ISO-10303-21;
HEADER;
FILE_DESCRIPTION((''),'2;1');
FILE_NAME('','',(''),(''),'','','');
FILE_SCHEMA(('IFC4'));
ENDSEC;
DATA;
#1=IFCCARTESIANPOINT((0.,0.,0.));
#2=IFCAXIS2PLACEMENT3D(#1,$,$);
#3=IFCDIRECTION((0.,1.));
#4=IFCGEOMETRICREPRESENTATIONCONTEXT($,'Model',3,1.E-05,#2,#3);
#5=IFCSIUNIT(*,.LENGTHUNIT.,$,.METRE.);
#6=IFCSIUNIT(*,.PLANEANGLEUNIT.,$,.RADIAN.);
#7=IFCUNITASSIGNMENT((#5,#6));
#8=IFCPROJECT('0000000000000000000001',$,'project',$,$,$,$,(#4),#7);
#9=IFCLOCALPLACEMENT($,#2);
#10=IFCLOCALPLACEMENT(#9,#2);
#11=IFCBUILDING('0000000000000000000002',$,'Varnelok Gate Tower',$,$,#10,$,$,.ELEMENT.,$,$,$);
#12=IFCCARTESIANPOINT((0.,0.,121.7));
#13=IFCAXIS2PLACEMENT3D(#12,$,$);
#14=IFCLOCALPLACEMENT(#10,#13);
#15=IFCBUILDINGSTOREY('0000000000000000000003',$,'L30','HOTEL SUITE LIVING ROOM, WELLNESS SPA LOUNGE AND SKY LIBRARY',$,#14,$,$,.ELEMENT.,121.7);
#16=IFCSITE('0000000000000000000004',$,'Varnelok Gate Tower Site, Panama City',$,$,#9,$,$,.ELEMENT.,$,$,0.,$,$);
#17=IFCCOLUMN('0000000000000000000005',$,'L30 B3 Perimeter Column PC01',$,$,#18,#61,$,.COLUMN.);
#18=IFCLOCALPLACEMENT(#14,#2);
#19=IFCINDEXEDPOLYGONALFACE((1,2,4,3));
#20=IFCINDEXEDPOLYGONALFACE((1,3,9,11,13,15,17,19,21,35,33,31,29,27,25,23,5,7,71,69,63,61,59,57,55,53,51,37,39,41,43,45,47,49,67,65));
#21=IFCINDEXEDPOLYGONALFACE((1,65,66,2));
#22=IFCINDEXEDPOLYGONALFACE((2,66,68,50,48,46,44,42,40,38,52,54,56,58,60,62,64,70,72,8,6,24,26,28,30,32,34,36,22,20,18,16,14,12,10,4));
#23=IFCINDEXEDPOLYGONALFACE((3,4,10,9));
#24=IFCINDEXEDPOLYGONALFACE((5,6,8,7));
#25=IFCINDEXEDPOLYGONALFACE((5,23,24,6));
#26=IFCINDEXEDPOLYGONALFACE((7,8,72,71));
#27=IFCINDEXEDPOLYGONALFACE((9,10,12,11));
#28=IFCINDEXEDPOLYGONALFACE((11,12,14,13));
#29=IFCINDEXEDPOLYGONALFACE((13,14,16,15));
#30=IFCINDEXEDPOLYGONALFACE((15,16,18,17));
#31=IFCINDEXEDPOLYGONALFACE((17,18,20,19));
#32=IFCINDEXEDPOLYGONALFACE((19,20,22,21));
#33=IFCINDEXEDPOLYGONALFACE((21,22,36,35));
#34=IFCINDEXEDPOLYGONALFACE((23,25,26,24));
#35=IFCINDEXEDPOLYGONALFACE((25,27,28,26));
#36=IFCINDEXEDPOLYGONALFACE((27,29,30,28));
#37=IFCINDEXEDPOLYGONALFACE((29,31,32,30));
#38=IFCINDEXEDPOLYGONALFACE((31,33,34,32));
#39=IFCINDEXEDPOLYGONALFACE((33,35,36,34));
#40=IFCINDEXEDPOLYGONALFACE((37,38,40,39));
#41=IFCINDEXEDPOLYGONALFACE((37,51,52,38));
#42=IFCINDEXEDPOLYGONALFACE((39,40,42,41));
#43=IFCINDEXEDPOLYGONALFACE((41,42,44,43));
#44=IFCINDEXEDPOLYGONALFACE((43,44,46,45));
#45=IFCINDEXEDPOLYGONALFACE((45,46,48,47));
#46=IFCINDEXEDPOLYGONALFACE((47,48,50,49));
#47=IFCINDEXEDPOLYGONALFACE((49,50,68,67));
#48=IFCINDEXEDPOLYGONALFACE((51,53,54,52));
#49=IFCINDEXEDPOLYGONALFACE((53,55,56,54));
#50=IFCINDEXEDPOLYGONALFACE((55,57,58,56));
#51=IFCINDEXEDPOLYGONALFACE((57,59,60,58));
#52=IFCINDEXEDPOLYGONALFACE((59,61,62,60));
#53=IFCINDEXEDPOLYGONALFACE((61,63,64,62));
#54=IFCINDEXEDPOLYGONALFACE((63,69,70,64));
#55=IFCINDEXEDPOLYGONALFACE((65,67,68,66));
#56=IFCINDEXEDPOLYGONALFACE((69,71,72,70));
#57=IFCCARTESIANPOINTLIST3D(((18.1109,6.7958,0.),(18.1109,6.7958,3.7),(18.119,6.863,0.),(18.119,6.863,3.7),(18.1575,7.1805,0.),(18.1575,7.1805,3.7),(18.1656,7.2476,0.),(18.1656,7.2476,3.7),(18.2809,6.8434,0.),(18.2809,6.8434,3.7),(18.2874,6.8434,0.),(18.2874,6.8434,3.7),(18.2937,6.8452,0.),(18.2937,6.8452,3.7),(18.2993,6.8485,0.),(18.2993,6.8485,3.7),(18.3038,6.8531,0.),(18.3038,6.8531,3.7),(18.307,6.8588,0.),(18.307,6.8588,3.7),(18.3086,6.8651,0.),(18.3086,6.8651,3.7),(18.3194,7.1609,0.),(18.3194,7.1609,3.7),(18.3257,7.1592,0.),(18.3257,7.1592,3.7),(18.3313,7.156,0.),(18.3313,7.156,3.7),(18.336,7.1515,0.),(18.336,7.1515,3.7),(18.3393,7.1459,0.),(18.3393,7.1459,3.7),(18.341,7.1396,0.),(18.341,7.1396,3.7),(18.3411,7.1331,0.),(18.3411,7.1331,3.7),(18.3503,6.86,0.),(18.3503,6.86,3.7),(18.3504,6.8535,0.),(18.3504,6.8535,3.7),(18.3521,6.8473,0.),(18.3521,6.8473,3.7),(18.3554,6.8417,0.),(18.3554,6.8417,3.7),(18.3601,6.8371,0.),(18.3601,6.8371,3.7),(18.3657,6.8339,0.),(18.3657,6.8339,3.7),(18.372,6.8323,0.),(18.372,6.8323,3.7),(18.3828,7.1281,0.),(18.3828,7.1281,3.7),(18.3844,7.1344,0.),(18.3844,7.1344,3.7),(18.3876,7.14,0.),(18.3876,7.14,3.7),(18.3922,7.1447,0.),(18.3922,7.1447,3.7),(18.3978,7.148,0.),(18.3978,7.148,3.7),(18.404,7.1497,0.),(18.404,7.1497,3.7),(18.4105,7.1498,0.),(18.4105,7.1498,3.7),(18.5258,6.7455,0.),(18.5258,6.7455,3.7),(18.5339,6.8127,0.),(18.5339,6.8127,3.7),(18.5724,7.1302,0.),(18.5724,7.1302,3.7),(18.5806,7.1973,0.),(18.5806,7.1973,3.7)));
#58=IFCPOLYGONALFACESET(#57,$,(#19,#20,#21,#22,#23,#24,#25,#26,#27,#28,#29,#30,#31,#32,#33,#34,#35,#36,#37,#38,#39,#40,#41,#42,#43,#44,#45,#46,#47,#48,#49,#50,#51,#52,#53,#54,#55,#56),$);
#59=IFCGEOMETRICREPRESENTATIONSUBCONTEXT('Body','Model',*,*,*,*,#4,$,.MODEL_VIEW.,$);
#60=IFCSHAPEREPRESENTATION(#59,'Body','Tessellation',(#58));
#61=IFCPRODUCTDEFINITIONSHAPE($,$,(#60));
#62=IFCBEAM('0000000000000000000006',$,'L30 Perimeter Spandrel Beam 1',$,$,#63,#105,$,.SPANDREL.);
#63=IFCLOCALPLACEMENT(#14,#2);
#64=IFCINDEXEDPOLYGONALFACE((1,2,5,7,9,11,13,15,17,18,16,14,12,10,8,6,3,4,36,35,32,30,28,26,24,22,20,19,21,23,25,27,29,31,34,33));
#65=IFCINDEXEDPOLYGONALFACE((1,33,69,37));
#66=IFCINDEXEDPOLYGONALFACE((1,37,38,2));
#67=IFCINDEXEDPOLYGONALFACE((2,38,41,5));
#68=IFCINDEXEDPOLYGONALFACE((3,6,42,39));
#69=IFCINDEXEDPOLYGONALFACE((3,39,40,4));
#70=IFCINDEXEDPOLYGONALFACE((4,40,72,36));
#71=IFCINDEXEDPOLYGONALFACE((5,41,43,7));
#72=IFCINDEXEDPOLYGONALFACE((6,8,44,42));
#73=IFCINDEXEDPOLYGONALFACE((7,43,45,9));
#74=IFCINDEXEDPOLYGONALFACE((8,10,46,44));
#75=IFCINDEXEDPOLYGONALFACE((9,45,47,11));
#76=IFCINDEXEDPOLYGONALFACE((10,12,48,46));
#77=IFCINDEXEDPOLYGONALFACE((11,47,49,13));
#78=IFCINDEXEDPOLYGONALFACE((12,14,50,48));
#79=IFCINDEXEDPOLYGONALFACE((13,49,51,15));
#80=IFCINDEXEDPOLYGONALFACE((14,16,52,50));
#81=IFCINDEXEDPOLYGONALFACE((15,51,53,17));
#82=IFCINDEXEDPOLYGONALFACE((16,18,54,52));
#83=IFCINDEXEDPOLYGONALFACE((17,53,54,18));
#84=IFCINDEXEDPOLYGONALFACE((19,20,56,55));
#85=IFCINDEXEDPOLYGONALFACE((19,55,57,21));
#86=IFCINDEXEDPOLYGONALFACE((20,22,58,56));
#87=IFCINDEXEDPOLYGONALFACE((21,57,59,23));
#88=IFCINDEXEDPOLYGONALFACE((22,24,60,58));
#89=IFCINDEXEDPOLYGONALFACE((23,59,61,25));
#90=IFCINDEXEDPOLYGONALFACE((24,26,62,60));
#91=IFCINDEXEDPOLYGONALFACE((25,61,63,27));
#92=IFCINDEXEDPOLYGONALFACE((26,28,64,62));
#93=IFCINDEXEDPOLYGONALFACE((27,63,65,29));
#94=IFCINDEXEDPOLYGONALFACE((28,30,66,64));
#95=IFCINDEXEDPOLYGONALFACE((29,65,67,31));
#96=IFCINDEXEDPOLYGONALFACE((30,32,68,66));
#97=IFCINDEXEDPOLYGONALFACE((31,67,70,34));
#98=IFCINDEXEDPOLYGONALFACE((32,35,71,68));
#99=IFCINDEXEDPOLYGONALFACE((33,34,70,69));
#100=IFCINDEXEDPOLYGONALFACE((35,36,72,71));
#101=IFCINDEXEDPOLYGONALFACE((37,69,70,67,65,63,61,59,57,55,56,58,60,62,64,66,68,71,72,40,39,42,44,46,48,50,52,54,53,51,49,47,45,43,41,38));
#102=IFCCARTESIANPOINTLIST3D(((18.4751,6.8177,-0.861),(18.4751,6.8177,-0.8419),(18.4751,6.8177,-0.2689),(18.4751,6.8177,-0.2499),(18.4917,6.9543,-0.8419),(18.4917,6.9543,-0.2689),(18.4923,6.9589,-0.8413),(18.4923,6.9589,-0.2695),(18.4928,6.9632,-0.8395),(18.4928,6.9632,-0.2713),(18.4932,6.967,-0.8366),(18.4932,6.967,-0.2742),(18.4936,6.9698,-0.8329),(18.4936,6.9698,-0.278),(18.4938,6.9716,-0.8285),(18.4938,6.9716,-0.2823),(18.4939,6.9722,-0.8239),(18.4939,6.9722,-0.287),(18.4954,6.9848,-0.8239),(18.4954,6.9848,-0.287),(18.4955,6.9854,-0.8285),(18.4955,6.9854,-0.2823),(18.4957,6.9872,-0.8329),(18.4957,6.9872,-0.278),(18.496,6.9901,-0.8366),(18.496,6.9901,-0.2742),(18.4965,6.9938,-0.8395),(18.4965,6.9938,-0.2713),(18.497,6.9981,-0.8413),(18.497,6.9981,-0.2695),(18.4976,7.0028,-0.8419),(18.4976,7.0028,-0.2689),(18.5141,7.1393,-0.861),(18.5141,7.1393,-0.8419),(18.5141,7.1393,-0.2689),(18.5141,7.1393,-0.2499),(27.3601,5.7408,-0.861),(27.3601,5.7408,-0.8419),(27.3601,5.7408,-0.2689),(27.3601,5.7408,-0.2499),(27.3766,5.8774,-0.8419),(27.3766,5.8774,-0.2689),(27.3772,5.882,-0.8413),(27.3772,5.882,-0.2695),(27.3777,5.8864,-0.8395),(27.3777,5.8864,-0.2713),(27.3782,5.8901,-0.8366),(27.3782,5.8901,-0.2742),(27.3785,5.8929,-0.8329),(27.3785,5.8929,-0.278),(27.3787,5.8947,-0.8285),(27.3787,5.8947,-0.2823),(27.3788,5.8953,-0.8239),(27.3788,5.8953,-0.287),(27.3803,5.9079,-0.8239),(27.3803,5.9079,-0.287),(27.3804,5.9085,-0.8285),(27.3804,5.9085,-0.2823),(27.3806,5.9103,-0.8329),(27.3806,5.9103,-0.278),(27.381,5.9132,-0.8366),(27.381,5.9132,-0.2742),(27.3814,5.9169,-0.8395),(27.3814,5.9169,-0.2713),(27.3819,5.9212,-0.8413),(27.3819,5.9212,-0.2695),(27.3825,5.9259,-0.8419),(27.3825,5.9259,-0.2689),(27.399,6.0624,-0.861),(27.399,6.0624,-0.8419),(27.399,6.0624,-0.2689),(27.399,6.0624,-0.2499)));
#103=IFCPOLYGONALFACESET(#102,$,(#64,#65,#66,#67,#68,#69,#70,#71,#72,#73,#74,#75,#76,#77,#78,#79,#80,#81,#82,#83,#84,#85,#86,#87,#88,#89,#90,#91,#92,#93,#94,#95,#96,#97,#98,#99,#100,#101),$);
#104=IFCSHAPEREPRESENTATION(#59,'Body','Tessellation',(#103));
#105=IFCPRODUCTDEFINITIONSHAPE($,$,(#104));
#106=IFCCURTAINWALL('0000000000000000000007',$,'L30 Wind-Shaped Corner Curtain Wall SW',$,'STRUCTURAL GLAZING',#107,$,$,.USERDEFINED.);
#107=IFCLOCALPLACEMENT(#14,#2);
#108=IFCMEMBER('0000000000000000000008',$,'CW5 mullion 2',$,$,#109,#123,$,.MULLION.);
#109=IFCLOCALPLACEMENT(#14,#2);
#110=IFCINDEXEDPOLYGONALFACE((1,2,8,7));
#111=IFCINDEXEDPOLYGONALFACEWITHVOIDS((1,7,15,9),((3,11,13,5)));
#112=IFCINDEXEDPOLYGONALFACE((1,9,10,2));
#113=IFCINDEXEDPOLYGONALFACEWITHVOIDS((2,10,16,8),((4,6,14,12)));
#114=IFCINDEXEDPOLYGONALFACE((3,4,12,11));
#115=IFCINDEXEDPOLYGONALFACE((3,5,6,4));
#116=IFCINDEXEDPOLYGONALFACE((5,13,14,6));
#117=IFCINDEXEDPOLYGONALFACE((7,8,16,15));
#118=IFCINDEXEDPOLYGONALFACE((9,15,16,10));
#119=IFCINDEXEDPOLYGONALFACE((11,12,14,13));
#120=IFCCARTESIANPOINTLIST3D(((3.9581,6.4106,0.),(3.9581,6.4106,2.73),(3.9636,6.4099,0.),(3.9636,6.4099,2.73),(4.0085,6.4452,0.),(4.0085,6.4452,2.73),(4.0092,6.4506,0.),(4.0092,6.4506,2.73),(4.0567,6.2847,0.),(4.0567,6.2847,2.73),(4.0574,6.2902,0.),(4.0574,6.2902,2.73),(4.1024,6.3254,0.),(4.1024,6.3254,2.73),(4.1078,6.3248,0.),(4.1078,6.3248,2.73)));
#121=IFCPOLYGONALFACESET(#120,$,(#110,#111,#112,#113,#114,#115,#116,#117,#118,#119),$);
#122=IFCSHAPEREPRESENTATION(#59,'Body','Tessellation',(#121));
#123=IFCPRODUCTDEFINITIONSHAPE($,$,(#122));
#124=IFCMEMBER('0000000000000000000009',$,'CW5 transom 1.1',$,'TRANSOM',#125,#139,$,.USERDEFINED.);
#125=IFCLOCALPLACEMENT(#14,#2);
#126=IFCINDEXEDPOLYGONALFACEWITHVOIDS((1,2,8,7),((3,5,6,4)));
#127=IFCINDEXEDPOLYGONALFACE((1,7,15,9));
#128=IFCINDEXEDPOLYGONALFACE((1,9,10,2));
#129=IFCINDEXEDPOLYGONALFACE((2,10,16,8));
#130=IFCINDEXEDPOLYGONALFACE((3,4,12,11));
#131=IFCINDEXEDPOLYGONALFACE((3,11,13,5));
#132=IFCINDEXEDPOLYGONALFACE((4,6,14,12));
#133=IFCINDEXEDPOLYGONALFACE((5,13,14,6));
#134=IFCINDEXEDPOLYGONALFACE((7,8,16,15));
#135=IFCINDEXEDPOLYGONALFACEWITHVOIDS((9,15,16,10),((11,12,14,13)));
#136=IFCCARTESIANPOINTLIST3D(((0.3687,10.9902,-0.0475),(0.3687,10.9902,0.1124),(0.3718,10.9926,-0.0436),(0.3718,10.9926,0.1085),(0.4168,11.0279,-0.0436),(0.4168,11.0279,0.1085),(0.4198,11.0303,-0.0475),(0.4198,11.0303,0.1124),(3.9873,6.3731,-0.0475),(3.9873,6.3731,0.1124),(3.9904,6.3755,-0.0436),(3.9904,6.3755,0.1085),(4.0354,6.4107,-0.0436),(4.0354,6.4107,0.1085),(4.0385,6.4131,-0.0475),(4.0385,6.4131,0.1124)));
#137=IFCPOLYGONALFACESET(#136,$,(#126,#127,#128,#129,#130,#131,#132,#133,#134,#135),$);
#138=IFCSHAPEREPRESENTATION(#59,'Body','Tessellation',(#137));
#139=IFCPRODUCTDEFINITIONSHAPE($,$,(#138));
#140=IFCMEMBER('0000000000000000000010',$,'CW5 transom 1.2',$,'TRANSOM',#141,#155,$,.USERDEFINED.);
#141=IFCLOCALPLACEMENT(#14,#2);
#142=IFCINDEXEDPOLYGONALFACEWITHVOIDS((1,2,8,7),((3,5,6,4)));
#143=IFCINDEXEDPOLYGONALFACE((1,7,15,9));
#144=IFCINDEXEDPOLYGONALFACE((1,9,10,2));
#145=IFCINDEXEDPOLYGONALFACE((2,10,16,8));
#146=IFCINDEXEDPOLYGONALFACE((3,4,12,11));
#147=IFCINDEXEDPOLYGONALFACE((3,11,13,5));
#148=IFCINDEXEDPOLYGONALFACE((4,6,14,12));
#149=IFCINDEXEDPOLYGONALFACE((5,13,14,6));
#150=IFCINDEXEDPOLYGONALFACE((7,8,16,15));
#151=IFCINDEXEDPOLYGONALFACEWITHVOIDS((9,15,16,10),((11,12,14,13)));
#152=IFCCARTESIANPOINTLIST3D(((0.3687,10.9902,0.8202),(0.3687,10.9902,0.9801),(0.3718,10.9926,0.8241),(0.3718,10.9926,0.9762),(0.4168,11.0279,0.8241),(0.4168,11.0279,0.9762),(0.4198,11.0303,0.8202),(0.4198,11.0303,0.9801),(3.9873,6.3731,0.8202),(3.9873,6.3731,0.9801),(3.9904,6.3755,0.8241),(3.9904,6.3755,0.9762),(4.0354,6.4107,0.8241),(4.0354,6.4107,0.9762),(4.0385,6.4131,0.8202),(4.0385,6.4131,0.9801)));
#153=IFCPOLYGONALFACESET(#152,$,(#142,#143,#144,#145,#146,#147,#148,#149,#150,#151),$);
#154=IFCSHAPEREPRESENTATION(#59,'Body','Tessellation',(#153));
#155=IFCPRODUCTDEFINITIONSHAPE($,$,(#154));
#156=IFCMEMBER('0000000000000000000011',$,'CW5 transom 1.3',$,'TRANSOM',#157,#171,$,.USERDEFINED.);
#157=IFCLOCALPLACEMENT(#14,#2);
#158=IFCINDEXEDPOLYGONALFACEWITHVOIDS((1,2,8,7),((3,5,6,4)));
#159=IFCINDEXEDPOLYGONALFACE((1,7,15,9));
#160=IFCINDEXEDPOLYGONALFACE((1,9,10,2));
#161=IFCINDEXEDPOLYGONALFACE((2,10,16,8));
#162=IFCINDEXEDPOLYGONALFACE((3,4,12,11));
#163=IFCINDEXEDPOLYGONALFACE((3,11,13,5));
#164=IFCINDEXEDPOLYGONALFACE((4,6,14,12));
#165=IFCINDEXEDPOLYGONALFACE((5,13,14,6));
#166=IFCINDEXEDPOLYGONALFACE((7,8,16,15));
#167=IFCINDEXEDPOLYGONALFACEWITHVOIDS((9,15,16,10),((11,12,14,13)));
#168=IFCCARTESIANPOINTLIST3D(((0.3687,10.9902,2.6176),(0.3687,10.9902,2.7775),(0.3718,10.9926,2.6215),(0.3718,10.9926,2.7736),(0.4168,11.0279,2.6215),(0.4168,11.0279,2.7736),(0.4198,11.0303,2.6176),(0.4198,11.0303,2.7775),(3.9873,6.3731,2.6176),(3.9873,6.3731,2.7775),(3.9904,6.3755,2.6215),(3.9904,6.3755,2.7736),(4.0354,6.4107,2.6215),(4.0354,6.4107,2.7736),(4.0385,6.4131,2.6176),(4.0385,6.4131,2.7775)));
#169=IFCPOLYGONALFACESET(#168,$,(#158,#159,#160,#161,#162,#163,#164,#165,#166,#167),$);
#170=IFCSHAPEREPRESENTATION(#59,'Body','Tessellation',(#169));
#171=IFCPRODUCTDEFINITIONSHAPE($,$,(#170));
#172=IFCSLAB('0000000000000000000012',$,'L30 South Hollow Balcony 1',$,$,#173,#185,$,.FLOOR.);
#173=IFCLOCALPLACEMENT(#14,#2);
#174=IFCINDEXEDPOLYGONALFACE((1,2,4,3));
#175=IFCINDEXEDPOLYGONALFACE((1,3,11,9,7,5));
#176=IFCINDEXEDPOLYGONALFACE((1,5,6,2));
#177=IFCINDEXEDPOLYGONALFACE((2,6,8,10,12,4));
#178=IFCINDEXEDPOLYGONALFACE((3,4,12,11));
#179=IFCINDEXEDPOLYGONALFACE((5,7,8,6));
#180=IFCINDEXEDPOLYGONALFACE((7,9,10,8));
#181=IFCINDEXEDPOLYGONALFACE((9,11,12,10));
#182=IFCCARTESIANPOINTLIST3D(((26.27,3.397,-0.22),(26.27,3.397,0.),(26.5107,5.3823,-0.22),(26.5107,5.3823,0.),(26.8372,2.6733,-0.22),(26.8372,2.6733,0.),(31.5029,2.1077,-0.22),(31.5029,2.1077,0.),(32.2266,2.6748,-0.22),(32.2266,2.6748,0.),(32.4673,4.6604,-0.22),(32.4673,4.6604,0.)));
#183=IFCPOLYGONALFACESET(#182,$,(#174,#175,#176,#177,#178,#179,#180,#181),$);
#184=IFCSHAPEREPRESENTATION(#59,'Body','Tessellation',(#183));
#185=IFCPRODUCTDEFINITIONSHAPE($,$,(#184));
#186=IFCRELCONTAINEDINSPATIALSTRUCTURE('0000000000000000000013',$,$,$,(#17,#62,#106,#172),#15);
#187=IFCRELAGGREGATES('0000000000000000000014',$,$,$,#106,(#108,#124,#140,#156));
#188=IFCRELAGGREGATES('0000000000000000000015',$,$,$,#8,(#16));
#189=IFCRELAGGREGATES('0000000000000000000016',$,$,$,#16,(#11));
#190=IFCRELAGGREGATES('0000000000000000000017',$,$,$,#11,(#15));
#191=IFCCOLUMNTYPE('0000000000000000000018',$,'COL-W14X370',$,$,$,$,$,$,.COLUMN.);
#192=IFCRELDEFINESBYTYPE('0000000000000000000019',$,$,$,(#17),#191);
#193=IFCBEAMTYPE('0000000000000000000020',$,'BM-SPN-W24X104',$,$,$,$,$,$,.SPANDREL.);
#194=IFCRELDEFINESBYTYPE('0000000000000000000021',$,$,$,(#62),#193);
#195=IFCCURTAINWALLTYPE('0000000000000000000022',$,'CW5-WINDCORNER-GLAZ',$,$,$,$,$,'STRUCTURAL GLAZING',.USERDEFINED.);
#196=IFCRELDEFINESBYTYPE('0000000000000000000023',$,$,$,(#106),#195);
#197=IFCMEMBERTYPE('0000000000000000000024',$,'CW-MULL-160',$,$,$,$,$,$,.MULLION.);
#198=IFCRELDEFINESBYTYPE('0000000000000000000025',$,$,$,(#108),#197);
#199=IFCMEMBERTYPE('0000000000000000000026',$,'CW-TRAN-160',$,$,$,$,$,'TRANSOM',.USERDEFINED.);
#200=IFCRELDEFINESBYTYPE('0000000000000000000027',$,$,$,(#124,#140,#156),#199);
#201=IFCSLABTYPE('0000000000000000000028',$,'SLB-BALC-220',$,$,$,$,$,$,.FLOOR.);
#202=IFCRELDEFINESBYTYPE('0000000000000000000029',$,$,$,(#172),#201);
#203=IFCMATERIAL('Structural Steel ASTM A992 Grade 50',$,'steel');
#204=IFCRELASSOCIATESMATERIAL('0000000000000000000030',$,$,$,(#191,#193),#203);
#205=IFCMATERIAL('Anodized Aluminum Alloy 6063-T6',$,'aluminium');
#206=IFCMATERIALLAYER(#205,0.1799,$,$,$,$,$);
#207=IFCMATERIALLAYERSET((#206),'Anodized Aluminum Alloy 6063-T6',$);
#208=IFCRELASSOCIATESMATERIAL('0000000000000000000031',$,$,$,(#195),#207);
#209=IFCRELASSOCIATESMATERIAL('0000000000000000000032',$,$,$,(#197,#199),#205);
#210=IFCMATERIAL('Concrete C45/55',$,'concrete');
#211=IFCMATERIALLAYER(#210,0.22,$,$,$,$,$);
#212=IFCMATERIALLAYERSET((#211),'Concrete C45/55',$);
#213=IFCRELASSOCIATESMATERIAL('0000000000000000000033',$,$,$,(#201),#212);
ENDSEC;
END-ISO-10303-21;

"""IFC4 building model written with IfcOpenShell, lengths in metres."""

from ifc_helpers import new_model, si_unit, direction, frame, origin, origin_2d, place, context, subcontext, project, spatial, polyline, hollow_rectangle, i_section, outline, extrude, material, layer, layer_set, material_profile, profile_set, type_object, element, aggregate, save


model = new_model("IFC4")

# Units and contexts
model_context = context("Model", 3, precision=1e-05, world=origin(), true_north=direction((0.0, 1.0)))
body_context = subcontext(model_context, "Body", "Model", "MODEL_VIEW")
ifc_project = project(units=[si_unit("LENGTHUNIT", "METRE"), si_unit("PLANEANGLEUNIT", "RADIAN")], contexts=[model_context])

# Site, building, storey
site_placement = place(None, origin())
site = spatial("IfcSite", under=ifc_project, at=site_placement, Name="Varnelok Gate Tower Site, Panama City", CompositionType="ELEMENT", RefElevation=0.0)
building_placement = place(site_placement, origin())
building = spatial("IfcBuilding", under=site, at=building_placement, Name="Varnelok Gate Tower", CompositionType="ELEMENT")
storey_placement = place(building_placement, frame((0.0, 0.0, 121.7)))
storey = spatial("IfcBuildingStorey", under=building, at=storey_placement, Name="L30", Description="HOTEL SUITE LIVING ROOM, WELLNESS SPA LOUNGE AND SKY LIBRARY", CompositionType="ELEMENT", Elevation=121.7)

# Column
ifc_material_1 = material(Name="Structural Steel ASTM A992 Grade 50", Category="steel")
ifc_material_profile_1 = material_profile(ifc_material_1, i_section(OverallWidth=0.418, OverallDepth=0.4551, WebThickness=0.042, FlangeThickness=0.0676, FilletRadius=0.0249, at=origin_2d()), Name="W14X370")
ifc_profile_set_1 = profile_set([ifc_material_profile_1], Name="Structural Steel ASTM A992 Grade 50")
column_type = type_object("IfcColumnType", Name="COL-W14X370", PredefinedType="COLUMN", material=ifc_profile_set_1)
column_placement = place(storey_placement, frame((18.3457, 6.9966, 0.0), z_axis=(0.0, 0.0, 1.0), x_axis=(0.992732, -0.120345, 0.0)))
element("IfcColumn", 1, at=column_placement, inside=storey, type_object=column_type, Name="L30 B3 Perimeter Column PC01", PredefinedType="COLUMN", context=body_context, shape_type="SweptSolid", body=[
    extrude(i_section(OverallWidth=0.418, OverallDepth=0.4551, WebThickness=0.042, FlangeThickness=0.0676, FilletRadius=0.0249, at=origin_2d()), origin(), (0.0, 0.0, 1.0), 3.7),
])

# Beam
ifc_material_profile_2 = material_profile(ifc_material_1, i_section(OverallWidth=0.324, OverallDepth=0.6111, WebThickness=0.0127, FlangeThickness=0.019, FilletRadius=0.0181, at=origin_2d()), Name="W24X104")
ifc_profile_set_2 = profile_set([ifc_material_profile_2], Name="Structural Steel ASTM A992 Grade 50")
beam_type = type_object("IfcBeamType", Name="BM-SPN-W24X104", PredefinedType="SPANDREL", material=ifc_profile_set_2)
beam_placement = place(storey_placement, frame((18.4946, 6.9785, -0.5554), z_axis=(0.992735, -0.120324, 0.0), x_axis=(0.120324, 0.992735, 0.0)))
element("IfcBeam", 2, at=beam_placement, inside=storey, type_object=beam_type, Name="L30 Perimeter Spandrel Beam 1", PredefinedType="SPANDREL", context=body_context, shape_type="SweptSolid", body=[
    extrude(i_section(OverallWidth=0.324, OverallDepth=0.6111, WebThickness=0.0127, FlangeThickness=0.019, FilletRadius=0.0181, at=origin_2d()), origin(), (0.0, 0.0, 1.0), 8.95),
])

# Curtain wall, members
ifc_material_2 = material(Name="Anodized Aluminum Alloy 6063-T6", Category="aluminium")
ifc_layer_1 = layer(ifc_material_2, 0.1799)
ifc_layer_set_1 = layer_set([ifc_layer_1], Name="Anodized Aluminum Alloy 6063-T6")
curtain_wall_type = type_object("IfcCurtainWallType", Name="CW5-WINDCORNER-GLAZ", ElementType="STRUCTURAL GLAZING", PredefinedType="USERDEFINED", material=ifc_layer_set_1)
curtain_wall_placement = place(storey_placement, origin())
curtain_wall = element("IfcCurtainWall", 3, at=curtain_wall_placement, inside=storey, type_object=curtain_wall_type, Name="L30 Wind-Shaped Corner Curtain Wall SW", ObjectType="STRUCTURAL GLAZING", PredefinedType="USERDEFINED")
ifc_material_profile_3 = material_profile(ifc_material_2, hollow_rectangle(XDim=0.0649, YDim=0.1599, WallThickness=0.0039, at=origin_2d()), Name="ALU160X65X4")
ifc_profile_set_3 = profile_set([ifc_material_profile_3], Name="Anodized Aluminum Alloy 6063-T6")
member_type_1 = type_object("IfcMemberType", Name="CW-MULL-160", PredefinedType="MULLION", material=ifc_profile_set_3)
member_1_placement = place(storey_placement, frame((4.033, 6.3677, 0.0), z_axis=(0.0, 0.0, 1.0), x_axis=(0.787055, 0.616883, 0.0)))
member_1 = element("IfcMember", 4, at=member_1_placement, type_object=member_type_1, Name="CW5 mullion 2", PredefinedType="MULLION", context=body_context, shape_type="SweptSolid", body=[
    extrude(hollow_rectangle(XDim=0.0649, YDim=0.1599, WallThickness=0.0039, at=origin_2d()), origin(), (0.0, 0.0, 1.0), 2.73),
])
ifc_material_profile_4 = material_profile(ifc_material_2, hollow_rectangle(XDim=0.0649, YDim=0.1599, WallThickness=0.0039, at=origin_2d()), Name="ALU160X65X4")
ifc_profile_set_4 = profile_set([ifc_material_profile_4], Name="Anodized Aluminum Alloy 6063-T6")
member_type_2 = type_object("IfcMemberType", Name="CW-TRAN-160", ElementType="TRANSOM", PredefinedType="USERDEFINED", material=ifc_profile_set_4)
member_2_placement = place(storey_placement, frame((0.3943, 11.0103, 0.0325), z_axis=(0.616858, -0.787074, 0.0), x_axis=(0.787074, 0.616858, 0.0)))
member_2 = element("IfcMember", 5, at=member_2_placement, type_object=member_type_2, Name="CW5 transom 1.1", ObjectType="TRANSOM", PredefinedType="USERDEFINED", context=body_context, shape_type="SweptSolid", body=[
    extrude(hollow_rectangle(XDim=0.0649, YDim=0.1599, WallThickness=0.0039, at=origin_2d()), origin(), (0.0, 0.0, 1.0), 5.8662),
])
member_3_placement = place(storey_placement, frame((0.3943, 11.0103, 0.9001), z_axis=(0.616858, -0.787074, 0.0), x_axis=(0.787074, 0.616858, 0.0)))
member_3 = element("IfcMember", 6, at=member_3_placement, type_object=member_type_2, Name="CW5 transom 1.2", ObjectType="TRANSOM", PredefinedType="USERDEFINED", context=body_context, shape_type="SweptSolid", body=[
    extrude(hollow_rectangle(XDim=0.0649, YDim=0.1599, WallThickness=0.0039, at=origin_2d()), origin(), (0.0, 0.0, 1.0), 5.8662),
])
member_4_placement = place(storey_placement, frame((0.3943, 11.0103, 2.6975), z_axis=(0.616858, -0.787074, 0.0), x_axis=(0.787074, 0.616858, 0.0)))
member_4 = element("IfcMember", 7, at=member_4_placement, type_object=member_type_2, Name="CW5 transom 1.3", ObjectType="TRANSOM", PredefinedType="USERDEFINED", context=body_context, shape_type="SweptSolid", body=[
    extrude(hollow_rectangle(XDim=0.0649, YDim=0.1599, WallThickness=0.0039, at=origin_2d()), origin(), (0.0, 0.0, 1.0), 5.8662),
])

# Slab
ifc_material_3 = material(Name="Concrete C45/55", Category="concrete")
ifc_layer_2 = layer(ifc_material_3, 0.22)
ifc_layer_set_2 = layer_set([ifc_layer_2], Name="Concrete C45/55")
slab_type_1 = type_object("IfcSlabType", Name="SLB-BALC-220", PredefinedType="FLOOR", material=ifc_layer_set_2)
slab_1_placement = place(storey_placement, frame((0.0, 0.0, -0.22)))
element("IfcSlab", 8, at=slab_1_placement, inside=storey, type_object=slab_type_1, Name="L30 South Hollow Balcony 1", PredefinedType="FLOOR", context=body_context, shape_type="SweptSolid", body=[
    extrude(outline(polyline([(26.27, 3.397), (26.8372, 2.6733), (31.5029, 2.1077), (32.2266, 2.6748), (32.4673, 4.6604), (26.5107, 5.3823), (26.27, 3.397)])), origin(), (0.0, 0.0, 1.0), 0.22),
])

aggregate(curtain_wall, [member_1, member_2, member_3, member_4])

save(model, "model.ifc")
